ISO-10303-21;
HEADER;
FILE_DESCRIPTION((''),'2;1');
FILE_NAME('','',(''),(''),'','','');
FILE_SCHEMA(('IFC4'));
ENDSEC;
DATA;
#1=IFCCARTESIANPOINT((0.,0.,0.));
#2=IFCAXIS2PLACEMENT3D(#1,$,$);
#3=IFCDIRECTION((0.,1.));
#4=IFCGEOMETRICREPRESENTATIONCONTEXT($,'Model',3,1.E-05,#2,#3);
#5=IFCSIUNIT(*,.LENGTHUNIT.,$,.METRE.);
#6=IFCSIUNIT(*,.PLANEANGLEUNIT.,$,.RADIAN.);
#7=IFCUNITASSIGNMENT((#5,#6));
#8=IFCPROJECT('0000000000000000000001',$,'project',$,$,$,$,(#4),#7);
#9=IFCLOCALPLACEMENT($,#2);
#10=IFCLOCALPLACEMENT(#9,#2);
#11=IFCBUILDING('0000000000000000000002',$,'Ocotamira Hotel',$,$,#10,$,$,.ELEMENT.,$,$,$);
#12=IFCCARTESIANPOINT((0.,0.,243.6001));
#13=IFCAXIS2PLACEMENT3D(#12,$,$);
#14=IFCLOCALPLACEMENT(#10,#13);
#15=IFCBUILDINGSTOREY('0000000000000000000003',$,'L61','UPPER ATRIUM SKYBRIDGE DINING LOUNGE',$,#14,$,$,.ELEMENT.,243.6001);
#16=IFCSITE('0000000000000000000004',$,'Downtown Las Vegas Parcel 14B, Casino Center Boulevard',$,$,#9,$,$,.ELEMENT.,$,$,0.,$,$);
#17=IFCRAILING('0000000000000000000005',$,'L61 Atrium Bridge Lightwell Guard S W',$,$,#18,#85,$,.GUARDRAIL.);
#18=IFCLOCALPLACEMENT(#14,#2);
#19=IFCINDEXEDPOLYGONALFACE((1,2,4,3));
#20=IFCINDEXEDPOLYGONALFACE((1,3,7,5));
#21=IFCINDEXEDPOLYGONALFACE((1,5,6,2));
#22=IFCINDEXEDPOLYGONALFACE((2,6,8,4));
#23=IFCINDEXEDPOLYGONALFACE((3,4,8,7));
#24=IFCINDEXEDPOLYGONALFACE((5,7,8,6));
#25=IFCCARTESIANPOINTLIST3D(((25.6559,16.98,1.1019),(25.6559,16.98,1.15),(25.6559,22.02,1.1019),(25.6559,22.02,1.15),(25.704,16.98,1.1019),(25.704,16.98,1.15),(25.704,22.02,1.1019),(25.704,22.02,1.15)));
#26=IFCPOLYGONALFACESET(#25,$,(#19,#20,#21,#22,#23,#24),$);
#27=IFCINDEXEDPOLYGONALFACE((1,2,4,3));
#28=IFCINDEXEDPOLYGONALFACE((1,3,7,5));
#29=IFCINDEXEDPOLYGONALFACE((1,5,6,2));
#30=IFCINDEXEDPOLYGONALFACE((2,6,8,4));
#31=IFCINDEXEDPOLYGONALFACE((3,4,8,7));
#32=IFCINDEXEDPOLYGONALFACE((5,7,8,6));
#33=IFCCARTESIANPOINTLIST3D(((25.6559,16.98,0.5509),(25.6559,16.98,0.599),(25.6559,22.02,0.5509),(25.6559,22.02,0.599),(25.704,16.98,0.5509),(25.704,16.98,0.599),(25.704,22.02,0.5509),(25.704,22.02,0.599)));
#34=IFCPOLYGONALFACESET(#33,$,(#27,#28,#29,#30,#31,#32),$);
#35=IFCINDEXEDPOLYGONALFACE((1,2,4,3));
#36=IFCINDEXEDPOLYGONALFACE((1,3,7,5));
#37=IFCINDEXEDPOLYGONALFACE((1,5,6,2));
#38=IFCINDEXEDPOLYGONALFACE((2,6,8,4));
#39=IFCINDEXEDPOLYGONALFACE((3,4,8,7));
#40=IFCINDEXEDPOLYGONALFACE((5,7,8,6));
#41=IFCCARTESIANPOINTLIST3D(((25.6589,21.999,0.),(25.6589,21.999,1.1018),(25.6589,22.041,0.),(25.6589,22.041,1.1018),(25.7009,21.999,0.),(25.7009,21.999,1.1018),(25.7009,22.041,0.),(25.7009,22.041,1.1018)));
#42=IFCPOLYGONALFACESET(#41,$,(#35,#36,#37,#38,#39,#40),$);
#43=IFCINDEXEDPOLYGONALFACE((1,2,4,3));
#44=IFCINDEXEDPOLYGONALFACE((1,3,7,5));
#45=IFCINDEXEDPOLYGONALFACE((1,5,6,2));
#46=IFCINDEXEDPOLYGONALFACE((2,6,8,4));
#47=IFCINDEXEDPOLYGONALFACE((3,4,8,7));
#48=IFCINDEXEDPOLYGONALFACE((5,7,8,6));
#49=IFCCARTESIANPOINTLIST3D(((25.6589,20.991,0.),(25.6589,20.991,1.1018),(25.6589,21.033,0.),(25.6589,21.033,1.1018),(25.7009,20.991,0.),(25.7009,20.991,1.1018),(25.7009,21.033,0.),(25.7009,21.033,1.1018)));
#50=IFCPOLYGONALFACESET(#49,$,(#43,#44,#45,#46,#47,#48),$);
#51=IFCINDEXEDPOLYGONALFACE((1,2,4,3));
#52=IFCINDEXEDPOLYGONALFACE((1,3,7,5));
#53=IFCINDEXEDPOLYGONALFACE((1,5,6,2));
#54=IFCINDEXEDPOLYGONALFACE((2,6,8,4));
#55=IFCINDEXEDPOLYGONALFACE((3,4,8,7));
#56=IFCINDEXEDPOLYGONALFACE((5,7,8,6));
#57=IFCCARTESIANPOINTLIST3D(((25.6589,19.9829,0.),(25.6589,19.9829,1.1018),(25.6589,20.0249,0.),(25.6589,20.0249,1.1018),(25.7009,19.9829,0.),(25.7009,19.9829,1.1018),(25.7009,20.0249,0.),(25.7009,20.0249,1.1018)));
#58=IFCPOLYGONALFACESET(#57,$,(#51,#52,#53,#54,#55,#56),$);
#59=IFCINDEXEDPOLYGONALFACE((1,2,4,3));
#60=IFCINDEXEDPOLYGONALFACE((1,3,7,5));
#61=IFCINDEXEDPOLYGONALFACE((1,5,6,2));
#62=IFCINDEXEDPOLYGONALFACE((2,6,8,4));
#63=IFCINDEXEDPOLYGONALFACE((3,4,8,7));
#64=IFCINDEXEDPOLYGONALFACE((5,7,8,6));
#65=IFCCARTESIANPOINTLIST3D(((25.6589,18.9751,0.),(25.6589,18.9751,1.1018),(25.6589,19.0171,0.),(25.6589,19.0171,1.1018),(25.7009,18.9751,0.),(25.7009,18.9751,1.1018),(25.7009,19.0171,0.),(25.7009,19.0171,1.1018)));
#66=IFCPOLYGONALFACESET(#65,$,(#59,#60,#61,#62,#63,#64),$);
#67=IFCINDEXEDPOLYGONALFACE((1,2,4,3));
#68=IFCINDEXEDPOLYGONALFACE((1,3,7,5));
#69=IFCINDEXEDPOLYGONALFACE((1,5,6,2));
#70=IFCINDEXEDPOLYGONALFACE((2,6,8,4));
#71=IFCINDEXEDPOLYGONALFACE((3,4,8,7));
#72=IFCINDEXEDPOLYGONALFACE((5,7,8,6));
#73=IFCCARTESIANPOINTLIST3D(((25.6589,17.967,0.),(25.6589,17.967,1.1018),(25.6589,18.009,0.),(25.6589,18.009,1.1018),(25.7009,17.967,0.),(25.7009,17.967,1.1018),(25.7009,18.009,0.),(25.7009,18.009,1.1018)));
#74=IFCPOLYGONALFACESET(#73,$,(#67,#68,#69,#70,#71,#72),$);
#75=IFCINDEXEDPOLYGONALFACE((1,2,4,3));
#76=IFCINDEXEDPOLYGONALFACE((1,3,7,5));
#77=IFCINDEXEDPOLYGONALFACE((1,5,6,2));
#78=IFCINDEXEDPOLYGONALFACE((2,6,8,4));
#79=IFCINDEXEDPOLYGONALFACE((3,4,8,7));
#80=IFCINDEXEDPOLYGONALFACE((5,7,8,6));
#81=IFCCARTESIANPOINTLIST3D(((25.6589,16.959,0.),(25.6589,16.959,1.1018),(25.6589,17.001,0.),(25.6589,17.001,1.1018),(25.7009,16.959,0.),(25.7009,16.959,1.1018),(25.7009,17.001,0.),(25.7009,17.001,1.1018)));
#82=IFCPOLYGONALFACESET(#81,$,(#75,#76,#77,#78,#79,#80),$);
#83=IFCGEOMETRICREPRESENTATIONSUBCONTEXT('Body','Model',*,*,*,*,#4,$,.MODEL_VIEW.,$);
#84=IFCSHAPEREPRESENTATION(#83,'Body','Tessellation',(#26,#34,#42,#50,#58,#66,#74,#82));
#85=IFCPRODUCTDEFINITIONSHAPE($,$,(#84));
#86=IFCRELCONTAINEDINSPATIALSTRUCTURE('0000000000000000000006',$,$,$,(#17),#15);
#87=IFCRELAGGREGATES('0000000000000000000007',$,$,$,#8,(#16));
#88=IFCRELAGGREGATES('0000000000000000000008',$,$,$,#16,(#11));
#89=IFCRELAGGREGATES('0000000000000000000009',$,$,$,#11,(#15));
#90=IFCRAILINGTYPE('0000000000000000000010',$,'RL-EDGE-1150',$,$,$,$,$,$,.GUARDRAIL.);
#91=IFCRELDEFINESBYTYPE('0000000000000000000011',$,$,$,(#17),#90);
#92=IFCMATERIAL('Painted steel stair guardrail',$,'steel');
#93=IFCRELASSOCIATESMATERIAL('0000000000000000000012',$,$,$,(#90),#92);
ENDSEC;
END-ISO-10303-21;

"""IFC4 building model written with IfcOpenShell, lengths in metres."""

from ifc_helpers import new_model, si_unit, direction, frame, origin, origin_2d, place, context, subcontext, project, spatial, rectangle, extrude, material, type_object, element, save


model = new_model("IFC4")

# Units and contexts
model_context = context("Model", 3, precision=1e-05, world=origin(), true_north=direction((0.0, 1.0)))
body_context = subcontext(model_context, "Body", "Model", "MODEL_VIEW")
ifc_project = project(units=[si_unit("LENGTHUNIT", "METRE"), si_unit("PLANEANGLEUNIT", "RADIAN")], contexts=[model_context])

# Site, building, storey
site_placement = place(None, origin())
site = spatial("IfcSite", under=ifc_project, at=site_placement, Name="Downtown Las Vegas Parcel 14B, Casino Center Boulevard", CompositionType="ELEMENT", RefElevation=0.0)
building_placement = place(site_placement, origin())
building = spatial("IfcBuilding", under=site, at=building_placement, Name="Ocotamira Hotel", CompositionType="ELEMENT")
storey_placement = place(building_placement, frame((0.0, 0.0, 243.6001)))
storey = spatial("IfcBuildingStorey", under=building, at=storey_placement, Name="L61", Description="UPPER ATRIUM SKYBRIDGE DINING LOUNGE", CompositionType="ELEMENT", Elevation=243.6001)

# Railing
ifc_material_1 = material(Name="Painted steel stair guardrail", Category="steel")
railing_type = type_object("IfcRailingType", Name="RL-EDGE-1150", PredefinedType="GUARDRAIL", material=ifc_material_1)
railing_1_placement = place(storey_placement, frame((25.6799, 22.02, 0.0)))
element("IfcRailing", 1, at=railing_1_placement, inside=storey, type_object=railing_type, Name="L61 Atrium Bridge Lightwell Guard S W", PredefinedType="GUARDRAIL", context=body_context, shape_type="SweptSolid", body=[
    extrude(rectangle(XDim=0.0481, YDim=0.0481, at=origin_2d()), frame((0.0, 0.0, 1.126), z_axis=(0.0, -1.0, 0.0), x_axis=(1.0, 0.0, 0.0)), (0.0, 0.0, 1.0), 5.04),
    extrude(rectangle(XDim=0.0481, YDim=0.0481, at=origin_2d()), frame((0.0, 0.0, 0.575), z_axis=(0.0, -1.0, 0.0), x_axis=(1.0, 0.0, 0.0)), (0.0, 0.0, 1.0), 5.04),
    extrude(rectangle(XDim=0.042, YDim=0.042, at=origin_2d()), origin(), (0.0, 0.0, 1.0), 1.1018),
    extrude(rectangle(XDim=0.042, YDim=0.042, at=origin_2d()), frame((0.0, -1.0081, 0.0)), (0.0, 0.0, 1.0), 1.1018),
    extrude(rectangle(XDim=0.042, YDim=0.042, at=origin_2d()), frame((0.0, -2.0161, 0.0)), (0.0, 0.0, 1.0), 1.1018),
    extrude(rectangle(XDim=0.042, YDim=0.042, at=origin_2d()), frame((0.0, -3.0239, 0.0)), (0.0, 0.0, 1.0), 1.1018),
    extrude(rectangle(XDim=0.042, YDim=0.042, at=origin_2d()), frame((0.0, -4.032, 0.0)), (0.0, 0.0, 1.0), 1.1018),
    extrude(rectangle(XDim=0.042, YDim=0.042, at=origin_2d()), frame((0.0, -5.04, 0.0)), (0.0, 0.0, 1.0), 1.1018),
])

save(model, "model.ifc")
